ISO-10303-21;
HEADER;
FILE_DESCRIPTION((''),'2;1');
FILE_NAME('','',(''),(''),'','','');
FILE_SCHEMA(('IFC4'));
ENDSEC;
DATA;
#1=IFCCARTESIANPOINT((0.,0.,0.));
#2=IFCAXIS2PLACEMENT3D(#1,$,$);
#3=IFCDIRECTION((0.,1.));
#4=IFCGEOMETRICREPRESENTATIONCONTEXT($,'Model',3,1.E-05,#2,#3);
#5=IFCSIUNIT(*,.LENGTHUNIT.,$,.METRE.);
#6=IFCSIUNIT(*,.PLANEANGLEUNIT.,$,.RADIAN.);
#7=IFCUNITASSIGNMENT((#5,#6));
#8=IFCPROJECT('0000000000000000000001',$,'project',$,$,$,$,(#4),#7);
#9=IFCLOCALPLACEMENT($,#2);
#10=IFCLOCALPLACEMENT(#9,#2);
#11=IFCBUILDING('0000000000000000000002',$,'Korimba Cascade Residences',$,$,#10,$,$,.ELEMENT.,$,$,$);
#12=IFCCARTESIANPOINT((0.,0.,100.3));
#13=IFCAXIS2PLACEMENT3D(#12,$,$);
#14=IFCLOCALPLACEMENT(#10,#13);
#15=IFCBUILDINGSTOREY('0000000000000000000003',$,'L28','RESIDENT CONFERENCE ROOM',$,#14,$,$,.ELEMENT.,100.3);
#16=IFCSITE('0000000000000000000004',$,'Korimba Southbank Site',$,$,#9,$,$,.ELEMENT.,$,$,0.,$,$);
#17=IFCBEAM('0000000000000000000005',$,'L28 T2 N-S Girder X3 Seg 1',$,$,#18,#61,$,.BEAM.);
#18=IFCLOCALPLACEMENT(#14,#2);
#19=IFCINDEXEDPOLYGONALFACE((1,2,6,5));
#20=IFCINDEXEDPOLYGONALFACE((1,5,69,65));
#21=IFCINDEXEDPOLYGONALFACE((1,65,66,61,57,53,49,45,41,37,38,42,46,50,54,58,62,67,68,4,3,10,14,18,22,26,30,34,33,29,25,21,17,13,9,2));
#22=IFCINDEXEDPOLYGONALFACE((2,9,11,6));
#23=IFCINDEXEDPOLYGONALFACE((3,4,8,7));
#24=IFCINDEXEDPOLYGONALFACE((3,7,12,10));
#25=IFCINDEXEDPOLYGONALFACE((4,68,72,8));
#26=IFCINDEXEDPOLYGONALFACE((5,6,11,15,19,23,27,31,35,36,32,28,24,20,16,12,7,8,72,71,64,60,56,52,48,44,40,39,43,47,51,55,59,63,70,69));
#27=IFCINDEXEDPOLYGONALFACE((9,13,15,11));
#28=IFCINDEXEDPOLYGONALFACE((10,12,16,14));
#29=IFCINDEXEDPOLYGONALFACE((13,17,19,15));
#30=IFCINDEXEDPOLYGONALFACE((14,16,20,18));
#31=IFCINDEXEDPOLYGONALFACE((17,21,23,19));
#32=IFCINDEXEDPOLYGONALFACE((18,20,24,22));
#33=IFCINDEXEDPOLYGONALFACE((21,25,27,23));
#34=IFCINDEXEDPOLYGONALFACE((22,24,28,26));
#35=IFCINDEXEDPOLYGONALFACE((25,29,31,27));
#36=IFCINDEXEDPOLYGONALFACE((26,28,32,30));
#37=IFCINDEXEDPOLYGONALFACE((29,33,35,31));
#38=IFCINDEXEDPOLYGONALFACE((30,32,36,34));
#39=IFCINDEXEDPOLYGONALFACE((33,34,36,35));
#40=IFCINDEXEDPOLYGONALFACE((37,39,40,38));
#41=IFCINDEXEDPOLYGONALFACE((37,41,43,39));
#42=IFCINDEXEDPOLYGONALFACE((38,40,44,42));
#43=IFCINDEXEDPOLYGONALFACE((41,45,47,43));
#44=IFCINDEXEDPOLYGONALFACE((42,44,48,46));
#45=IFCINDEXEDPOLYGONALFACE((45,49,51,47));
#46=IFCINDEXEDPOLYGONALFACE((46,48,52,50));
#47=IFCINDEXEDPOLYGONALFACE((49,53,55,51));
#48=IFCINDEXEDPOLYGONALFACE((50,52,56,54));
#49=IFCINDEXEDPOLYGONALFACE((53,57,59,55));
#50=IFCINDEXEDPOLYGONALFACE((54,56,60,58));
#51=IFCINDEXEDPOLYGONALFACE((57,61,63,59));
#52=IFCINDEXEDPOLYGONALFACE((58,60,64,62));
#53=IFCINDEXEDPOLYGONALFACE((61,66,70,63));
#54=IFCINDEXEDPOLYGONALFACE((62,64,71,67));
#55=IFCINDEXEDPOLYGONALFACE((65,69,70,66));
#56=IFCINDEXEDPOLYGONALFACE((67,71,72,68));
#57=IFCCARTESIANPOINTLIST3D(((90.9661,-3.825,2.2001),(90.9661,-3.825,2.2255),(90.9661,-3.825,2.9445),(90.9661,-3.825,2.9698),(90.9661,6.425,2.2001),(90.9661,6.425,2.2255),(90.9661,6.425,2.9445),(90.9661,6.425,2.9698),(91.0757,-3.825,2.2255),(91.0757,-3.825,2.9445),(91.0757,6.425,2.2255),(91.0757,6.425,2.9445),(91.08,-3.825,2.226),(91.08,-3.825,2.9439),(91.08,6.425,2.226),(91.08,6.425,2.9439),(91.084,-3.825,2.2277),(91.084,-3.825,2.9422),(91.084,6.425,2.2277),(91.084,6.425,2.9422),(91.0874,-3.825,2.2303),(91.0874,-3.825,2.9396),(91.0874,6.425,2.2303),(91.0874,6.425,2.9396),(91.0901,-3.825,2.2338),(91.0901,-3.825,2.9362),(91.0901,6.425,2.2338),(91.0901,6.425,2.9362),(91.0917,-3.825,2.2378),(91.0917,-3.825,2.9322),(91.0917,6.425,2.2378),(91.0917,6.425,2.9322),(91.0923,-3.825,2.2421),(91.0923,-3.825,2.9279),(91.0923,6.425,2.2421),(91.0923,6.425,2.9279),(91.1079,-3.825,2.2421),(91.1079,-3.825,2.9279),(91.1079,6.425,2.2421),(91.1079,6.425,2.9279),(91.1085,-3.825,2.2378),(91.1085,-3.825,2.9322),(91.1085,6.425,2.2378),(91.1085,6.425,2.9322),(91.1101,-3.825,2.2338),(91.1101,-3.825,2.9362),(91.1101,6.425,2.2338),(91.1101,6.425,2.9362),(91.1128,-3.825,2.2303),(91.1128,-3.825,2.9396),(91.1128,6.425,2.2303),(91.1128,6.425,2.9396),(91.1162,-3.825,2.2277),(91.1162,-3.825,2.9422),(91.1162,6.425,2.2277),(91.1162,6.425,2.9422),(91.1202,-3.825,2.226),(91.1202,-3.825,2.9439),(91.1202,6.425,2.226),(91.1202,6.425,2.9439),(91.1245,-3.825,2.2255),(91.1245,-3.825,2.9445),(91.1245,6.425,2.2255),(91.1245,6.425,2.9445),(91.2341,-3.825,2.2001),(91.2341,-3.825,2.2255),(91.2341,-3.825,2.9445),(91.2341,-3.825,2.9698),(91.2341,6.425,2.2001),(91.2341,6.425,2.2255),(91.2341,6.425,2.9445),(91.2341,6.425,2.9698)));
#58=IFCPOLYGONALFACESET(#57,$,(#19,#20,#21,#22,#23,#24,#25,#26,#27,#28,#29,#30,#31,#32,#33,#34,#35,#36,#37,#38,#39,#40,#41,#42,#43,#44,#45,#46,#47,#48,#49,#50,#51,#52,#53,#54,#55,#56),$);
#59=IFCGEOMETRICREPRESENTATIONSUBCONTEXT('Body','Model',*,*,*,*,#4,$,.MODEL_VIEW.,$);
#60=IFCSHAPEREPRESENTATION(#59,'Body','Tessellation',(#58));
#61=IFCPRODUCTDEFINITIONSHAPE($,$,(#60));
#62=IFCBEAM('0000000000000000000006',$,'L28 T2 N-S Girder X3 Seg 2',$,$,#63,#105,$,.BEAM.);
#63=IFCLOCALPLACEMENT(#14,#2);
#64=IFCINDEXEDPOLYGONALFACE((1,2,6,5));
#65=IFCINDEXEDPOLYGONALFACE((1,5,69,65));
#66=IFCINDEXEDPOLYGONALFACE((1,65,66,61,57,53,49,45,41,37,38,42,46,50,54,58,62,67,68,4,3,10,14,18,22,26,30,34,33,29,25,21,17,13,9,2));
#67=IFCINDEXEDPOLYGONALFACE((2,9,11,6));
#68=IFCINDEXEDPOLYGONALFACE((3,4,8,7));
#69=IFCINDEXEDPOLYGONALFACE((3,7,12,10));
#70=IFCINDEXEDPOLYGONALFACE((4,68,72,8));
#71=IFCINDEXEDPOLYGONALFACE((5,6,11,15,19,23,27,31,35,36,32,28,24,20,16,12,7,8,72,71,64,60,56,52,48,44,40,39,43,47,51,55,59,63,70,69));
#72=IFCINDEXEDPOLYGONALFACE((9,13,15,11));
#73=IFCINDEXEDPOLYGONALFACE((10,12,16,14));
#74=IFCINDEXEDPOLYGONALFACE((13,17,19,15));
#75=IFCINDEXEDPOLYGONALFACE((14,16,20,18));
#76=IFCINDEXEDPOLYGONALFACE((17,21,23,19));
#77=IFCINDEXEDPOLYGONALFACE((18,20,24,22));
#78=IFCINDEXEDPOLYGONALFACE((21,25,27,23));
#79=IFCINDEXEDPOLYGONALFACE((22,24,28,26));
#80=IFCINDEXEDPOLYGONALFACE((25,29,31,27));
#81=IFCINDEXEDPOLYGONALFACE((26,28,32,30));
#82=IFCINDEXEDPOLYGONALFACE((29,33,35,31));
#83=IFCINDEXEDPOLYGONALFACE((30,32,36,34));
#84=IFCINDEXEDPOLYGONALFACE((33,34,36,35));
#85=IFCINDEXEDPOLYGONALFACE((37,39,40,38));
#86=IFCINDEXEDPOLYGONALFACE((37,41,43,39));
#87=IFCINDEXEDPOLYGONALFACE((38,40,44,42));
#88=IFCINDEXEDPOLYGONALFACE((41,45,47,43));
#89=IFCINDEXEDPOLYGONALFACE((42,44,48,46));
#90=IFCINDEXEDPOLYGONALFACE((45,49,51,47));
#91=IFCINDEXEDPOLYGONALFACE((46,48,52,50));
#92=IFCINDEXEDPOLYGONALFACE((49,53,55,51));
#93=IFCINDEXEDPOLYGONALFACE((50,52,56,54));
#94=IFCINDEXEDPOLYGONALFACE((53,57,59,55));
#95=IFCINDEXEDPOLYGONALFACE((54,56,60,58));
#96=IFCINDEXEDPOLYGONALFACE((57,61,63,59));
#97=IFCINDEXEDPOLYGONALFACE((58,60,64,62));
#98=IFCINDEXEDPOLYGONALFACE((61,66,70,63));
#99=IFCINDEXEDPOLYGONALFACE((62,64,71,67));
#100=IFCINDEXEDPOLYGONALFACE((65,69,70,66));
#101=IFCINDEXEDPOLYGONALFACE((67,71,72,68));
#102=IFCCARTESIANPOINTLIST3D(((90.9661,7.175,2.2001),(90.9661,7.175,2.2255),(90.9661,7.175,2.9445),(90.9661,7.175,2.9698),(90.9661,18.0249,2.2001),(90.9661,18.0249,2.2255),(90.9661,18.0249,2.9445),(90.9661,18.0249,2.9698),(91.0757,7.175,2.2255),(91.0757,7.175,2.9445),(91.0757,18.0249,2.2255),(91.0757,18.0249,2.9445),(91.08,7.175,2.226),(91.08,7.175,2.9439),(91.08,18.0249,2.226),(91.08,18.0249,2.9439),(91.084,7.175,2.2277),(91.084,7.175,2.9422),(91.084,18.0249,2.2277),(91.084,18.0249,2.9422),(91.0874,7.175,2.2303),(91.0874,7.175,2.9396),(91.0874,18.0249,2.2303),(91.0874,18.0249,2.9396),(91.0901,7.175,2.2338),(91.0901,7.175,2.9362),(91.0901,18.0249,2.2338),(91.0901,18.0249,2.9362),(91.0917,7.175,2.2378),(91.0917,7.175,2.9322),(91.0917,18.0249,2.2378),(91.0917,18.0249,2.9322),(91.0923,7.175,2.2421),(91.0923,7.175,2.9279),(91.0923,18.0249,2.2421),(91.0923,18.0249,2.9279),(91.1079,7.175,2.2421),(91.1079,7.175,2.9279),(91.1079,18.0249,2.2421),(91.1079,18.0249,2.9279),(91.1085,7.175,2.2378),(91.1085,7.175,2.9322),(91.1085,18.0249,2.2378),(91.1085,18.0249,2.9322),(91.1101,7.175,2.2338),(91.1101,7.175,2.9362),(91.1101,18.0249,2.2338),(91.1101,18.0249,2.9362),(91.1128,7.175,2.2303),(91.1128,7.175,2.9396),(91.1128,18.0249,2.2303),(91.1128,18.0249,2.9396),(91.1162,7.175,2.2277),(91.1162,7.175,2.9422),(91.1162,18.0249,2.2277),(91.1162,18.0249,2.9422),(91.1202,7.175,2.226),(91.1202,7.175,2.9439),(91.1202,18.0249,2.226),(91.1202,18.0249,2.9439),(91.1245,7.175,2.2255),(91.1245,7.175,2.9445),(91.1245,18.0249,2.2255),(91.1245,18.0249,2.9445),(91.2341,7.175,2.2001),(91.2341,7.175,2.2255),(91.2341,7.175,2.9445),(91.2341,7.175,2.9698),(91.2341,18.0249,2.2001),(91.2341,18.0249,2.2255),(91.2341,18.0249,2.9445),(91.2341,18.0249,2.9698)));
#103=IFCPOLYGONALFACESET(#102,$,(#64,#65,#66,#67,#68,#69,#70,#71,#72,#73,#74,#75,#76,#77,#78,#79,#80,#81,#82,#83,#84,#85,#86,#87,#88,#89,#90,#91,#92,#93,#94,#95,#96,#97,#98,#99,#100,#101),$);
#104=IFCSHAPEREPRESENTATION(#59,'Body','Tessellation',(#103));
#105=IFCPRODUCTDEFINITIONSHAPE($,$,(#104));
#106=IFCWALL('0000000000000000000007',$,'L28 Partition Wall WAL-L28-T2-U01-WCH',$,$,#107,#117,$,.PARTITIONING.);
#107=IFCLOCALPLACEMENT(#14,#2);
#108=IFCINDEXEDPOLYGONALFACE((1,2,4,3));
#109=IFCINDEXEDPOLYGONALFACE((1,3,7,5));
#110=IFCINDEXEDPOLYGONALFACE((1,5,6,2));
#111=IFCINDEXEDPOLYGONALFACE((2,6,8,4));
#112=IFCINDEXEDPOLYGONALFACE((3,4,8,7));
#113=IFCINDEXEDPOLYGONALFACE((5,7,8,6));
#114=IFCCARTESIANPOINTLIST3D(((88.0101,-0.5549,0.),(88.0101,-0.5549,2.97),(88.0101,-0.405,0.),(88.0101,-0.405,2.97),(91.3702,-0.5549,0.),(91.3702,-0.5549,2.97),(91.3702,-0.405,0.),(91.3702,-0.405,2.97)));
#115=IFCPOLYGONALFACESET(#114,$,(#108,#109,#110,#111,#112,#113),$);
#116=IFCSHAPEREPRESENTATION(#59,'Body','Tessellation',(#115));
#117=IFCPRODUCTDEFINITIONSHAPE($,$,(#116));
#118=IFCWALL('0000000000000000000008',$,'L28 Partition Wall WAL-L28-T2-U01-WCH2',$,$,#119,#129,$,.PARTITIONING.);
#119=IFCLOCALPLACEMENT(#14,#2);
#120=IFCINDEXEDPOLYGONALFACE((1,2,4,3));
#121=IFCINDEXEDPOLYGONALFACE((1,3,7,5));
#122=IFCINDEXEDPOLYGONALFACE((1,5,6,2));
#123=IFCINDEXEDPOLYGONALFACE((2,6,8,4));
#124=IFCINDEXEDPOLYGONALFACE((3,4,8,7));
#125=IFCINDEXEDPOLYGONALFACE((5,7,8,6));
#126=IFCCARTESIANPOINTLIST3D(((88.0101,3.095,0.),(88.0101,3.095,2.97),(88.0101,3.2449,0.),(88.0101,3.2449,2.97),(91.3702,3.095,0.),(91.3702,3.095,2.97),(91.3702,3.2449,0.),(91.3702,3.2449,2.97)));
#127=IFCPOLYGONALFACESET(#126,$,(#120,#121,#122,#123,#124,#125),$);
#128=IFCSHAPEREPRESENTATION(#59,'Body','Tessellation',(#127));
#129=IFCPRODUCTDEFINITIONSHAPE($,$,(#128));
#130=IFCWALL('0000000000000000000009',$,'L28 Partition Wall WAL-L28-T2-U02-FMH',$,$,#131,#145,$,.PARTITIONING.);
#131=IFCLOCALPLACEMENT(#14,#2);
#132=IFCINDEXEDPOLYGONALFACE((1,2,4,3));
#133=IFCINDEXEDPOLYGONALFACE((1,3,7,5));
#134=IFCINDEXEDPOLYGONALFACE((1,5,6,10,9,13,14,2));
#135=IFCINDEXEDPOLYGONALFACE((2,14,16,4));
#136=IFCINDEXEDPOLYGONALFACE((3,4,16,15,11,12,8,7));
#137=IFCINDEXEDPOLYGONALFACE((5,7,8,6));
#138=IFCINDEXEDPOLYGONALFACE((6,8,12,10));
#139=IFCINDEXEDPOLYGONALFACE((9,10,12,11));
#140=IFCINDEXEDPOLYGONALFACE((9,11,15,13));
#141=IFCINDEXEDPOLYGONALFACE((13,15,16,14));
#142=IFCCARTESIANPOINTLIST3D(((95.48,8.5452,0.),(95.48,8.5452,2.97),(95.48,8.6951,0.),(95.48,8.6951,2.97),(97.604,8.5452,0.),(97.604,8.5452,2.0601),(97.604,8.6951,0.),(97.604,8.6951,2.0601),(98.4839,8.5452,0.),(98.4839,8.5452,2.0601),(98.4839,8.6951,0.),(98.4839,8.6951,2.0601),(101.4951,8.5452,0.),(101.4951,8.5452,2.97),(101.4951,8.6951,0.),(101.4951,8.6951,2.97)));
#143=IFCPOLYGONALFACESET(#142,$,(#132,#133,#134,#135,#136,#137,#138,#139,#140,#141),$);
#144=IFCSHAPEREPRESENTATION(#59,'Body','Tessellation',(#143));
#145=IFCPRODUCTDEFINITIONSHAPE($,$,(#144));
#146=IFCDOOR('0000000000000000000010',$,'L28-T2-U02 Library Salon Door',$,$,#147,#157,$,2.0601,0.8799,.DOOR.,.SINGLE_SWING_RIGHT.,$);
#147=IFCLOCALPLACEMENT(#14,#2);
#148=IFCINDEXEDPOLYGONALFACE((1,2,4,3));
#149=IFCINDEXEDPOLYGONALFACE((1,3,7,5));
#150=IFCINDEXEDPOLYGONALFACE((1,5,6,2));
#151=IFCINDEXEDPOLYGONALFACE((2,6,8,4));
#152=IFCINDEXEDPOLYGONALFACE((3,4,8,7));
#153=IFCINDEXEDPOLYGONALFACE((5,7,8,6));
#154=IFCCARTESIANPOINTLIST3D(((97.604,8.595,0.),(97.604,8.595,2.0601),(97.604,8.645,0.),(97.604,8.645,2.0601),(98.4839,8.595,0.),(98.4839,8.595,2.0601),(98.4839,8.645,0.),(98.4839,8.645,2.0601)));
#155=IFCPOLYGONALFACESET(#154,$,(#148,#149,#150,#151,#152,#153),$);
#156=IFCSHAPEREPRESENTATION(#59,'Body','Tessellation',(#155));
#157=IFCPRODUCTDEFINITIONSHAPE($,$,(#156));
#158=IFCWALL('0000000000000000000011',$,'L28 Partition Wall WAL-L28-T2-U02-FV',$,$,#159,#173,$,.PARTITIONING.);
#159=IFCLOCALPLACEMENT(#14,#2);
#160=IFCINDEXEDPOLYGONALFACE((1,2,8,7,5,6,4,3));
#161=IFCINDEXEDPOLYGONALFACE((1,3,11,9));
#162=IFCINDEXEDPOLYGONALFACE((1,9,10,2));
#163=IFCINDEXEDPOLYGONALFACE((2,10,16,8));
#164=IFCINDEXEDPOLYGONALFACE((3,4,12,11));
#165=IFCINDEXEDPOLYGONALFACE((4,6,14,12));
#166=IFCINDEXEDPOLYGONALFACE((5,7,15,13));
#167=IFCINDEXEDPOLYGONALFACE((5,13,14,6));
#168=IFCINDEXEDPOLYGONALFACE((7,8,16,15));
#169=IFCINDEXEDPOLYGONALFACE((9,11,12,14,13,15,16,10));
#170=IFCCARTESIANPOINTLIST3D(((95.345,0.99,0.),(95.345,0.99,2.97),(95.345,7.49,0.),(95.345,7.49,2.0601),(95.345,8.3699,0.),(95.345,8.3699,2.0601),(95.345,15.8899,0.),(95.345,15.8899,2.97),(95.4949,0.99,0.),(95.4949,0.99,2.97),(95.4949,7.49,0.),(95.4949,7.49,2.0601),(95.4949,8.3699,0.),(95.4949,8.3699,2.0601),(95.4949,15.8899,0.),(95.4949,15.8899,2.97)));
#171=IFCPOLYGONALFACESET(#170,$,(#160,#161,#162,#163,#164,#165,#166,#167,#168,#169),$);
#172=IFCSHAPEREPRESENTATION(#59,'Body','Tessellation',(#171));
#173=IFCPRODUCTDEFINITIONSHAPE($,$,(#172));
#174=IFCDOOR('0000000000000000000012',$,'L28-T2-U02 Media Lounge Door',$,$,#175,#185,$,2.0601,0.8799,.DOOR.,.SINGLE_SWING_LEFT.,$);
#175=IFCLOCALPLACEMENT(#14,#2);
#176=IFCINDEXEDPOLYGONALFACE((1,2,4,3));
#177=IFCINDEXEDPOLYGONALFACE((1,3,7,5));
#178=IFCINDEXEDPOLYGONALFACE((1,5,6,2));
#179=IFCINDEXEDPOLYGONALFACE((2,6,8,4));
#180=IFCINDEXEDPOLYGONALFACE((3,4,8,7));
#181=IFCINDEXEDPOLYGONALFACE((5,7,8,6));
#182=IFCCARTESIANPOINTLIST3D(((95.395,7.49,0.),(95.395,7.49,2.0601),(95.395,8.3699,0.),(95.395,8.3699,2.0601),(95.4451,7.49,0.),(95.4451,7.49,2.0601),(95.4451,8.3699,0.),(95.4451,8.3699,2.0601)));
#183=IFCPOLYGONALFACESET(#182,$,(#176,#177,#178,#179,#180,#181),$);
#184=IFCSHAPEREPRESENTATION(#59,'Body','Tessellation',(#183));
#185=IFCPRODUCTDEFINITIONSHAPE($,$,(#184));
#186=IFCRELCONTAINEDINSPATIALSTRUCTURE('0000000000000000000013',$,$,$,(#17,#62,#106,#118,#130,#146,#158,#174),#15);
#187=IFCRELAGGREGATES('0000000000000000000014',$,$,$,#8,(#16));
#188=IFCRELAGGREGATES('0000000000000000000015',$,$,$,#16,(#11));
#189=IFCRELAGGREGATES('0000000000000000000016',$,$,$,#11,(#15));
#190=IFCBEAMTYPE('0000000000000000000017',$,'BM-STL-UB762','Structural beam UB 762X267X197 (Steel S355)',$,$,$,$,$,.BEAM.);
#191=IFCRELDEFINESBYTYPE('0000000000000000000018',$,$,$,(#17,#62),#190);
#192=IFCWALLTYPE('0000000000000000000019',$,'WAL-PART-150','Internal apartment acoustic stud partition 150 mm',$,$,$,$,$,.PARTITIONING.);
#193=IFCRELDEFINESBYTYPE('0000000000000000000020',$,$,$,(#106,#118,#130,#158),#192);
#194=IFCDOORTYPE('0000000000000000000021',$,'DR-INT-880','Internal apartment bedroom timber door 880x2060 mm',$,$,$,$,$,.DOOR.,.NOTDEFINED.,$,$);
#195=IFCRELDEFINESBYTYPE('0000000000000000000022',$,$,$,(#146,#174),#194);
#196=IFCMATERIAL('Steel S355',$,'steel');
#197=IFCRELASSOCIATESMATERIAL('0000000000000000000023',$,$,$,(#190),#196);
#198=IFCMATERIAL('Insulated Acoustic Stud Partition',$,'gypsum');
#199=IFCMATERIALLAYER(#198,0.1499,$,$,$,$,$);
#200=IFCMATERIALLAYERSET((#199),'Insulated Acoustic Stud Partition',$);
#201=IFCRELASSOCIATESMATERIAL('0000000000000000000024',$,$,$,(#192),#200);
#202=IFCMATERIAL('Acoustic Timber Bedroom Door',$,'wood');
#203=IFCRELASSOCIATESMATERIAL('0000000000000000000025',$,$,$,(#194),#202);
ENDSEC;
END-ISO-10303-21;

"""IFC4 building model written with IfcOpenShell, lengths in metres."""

from ifc_helpers import new_model, si_unit, direction, frame, frame_2d, origin, origin_2d, place, context, subcontext, project, spatial, rectangle, i_section, extrude, material, layer, layer_set, material_profile, profile_set, type_object, element, fill, save


model = new_model("IFC4")

# Units and contexts
model_context = context("Model", 3, precision=1e-05, world=origin(), true_north=direction((0.0, 1.0)))
body_context = subcontext(model_context, "Body", "Model", "MODEL_VIEW")
ifc_project = project(units=[si_unit("LENGTHUNIT", "METRE"), si_unit("PLANEANGLEUNIT", "RADIAN")], contexts=[model_context])

# Site, building, storey
site_placement = place(None, origin())
site = spatial("IfcSite", under=ifc_project, at=site_placement, Name="Korimba Southbank Site", CompositionType="ELEMENT", RefElevation=0.0)
building_placement = place(site_placement, origin())
building = spatial("IfcBuilding", under=site, at=building_placement, Name="Korimba Cascade Residences", CompositionType="ELEMENT")
storey_placement = place(building_placement, frame((0.0, 0.0, 100.3)))
storey = spatial("IfcBuildingStorey", under=building, at=storey_placement, Name="L28", Description="RESIDENT CONFERENCE ROOM", CompositionType="ELEMENT", Elevation=100.3)

# Beams
ifc_material_1 = material(Name="Steel S355", Category="steel")
ifc_material_profile_1 = material_profile(ifc_material_1, i_section(OverallWidth=0.2681, OverallDepth=0.7698, WebThickness=0.0156, FlangeThickness=0.0254, FilletRadius=0.0166, at=origin_2d()), Name="Steel S355")
ifc_profile_set_1 = profile_set([ifc_material_profile_1], Name="Steel S355")
beam_type_1 = type_object("IfcBeamType", Name="BM-STL-UB762", Description="Structural beam UB 762X267X197 (Steel S355)", PredefinedType="BEAM", material=ifc_profile_set_1)
beam_1_placement = place(storey_placement, frame((91.1001, -3.825, 2.585), z_axis=(0.0, 1.0, 0.0), x_axis=(-1.0, 0.0, 0.0)))
element("IfcBeam", 1, at=beam_1_placement, inside=storey, type_object=beam_type_1, Name="L28 T2 N-S Girder X3 Seg 1", PredefinedType="BEAM", context=body_context, shape_type="SweptSolid", body=[
    extrude(i_section(OverallWidth=0.2681, OverallDepth=0.7698, WebThickness=0.0156, FlangeThickness=0.0254, FilletRadius=0.0166, at=origin_2d()), origin(), (0.0, 0.0, 1.0), 10.25),
])
beam_2_placement = place(storey_placement, frame((91.1001, 7.175, 2.585), z_axis=(0.0, 1.0, 0.0), x_axis=(-1.0, 0.0, 0.0)))
element("IfcBeam", 2, at=beam_2_placement, inside=storey, type_object=beam_type_1, Name="L28 T2 N-S Girder X3 Seg 2", PredefinedType="BEAM", context=body_context, shape_type="SweptSolid", body=[
    extrude(i_section(OverallWidth=0.2681, OverallDepth=0.7698, WebThickness=0.0156, FlangeThickness=0.0254, FilletRadius=0.0166, at=origin_2d()), origin(), (0.0, 0.0, 1.0), 10.8499),
])

# Walls
ifc_material_2 = material(Name="Insulated Acoustic Stud Partition", Category="gypsum")
ifc_layer = layer(ifc_material_2, 0.1499)
ifc_layer_set = layer_set([ifc_layer], Name="Insulated Acoustic Stud Partition")
wall_type = type_object("IfcWallType", Name="WAL-PART-150", Description="Internal apartment acoustic stud partition 150 mm", PredefinedType="PARTITIONING", material=ifc_layer_set)
for number, where, z_axis, x_axis, name in (
    (3, (88.01, -0.48, 0.0), (0.0, 0.0, 1.0), (1.0, 0.0, 0.0), "L28 Partition Wall WAL-L28-T2-U01-WCH"),
    (4, (88.01, 3.1699, 0.0), (0.0, 0.0, 1.0), (1.0, 0.0, 0.0), "L28 Partition Wall WAL-L28-T2-U01-WCH2"),
):
    element("IfcWall", number, at=place(storey_placement, frame(where, z_axis=z_axis, x_axis=x_axis)), inside=storey, type_object=wall_type, Name=name, PredefinedType="PARTITIONING", context=body_context, shape_type="SweptSolid", body=[
        extrude(rectangle(XDim=3.3601, YDim=0.1499, at=frame_2d((1.6802, 0.0))), origin(), (0.0, 0.0, 1.0), 2.97),
    ])

# Walls, openings, doors
wall_1_placement = place(storey_placement, frame((95.48, 8.6201, 0.0), z_axis=(0.0, 0.0, 1.0), x_axis=(1.0, 0.0, 0.0)))
wall_1 = element("IfcWall", 5, at=wall_1_placement, inside=storey, type_object=wall_type, Name="L28 Partition Wall WAL-L28-T2-U02-FMH", PredefinedType="PARTITIONING", context=body_context, shape_type="SweptSolid", body=[
    extrude(rectangle(XDim=6.0151, YDim=0.1499, at=frame_2d((3.0076, 0.0))), origin(), (0.0, 0.0, 1.0), 2.97),
])
opening_1_placement = place(wall_1_placement, frame((2.124, 0.0, 0.0)))
opening_1 = element("IfcOpeningElement", 6, at=opening_1_placement, cuts=wall_1, PredefinedType="OPENING", context=body_context, shape_type="SweptSolid", body=[
    extrude(rectangle(XDim=0.8799, YDim=2.0601, at=frame_2d((0.4399, 1.03))), frame((0.0, 0.085, 0.0), z_axis=(0.0, -1.0, 0.0), x_axis=(1.0, 0.0, 0.0)), (0.0, 0.0, 1.0), 0.1699),
])
ifc_material_3 = material(Name="Acoustic Timber Bedroom Door", Category="wood")
door_type_1 = type_object("IfcDoorType", Name="DR-INT-880", Description="Internal apartment bedroom timber door 880x2060 mm", OperationType="NOTDEFINED", PredefinedType="DOOR", material=ifc_material_3)
door_1_placement = place(opening_1_placement, origin())
door_1 = element("IfcDoor", 7, at=door_1_placement, inside=storey, type_object=door_type_1, Name="L28-T2-U02 Library Salon Door", OperationType="SINGLE_SWING_RIGHT", OverallHeight=2.0601, OverallWidth=0.8799, PredefinedType="DOOR", context=body_context, shape_type="SweptSolid", body=[
    extrude(rectangle(XDim=0.8799, YDim=2.0601, at=frame_2d((0.4399, 1.03))), frame((0.0, 0.0249, 0.0), z_axis=(0.0, -1.0, 0.0), x_axis=(1.0, 0.0, 0.0)), (0.0, 0.0, 1.0), 0.05),
])
fill(opening_1, door_1)
wall_2_placement = place(storey_placement, frame((95.4199, 0.99, 0.0), z_axis=(0.0, 0.0, 1.0), x_axis=(0.0, 1.0, 0.0)))
wall_2 = element("IfcWall", 8, at=wall_2_placement, inside=storey, type_object=wall_type, Name="L28 Partition Wall WAL-L28-T2-U02-FV", PredefinedType="PARTITIONING", context=body_context, shape_type="SweptSolid", body=[
    extrude(rectangle(XDim=14.8999, YDim=0.1499, at=frame_2d((7.45, 0.0))), origin(), (0.0, 0.0, 1.0), 2.97),
])
opening_2_placement = place(wall_2_placement, frame((6.5, 0.0, 0.0)))
opening_2 = element("IfcOpeningElement", 9, at=opening_2_placement, cuts=wall_2, PredefinedType="OPENING", context=body_context, shape_type="SweptSolid", body=[
    extrude(rectangle(XDim=0.8799, YDim=2.0601, at=frame_2d((0.4399, 1.03))), frame((0.0, 0.085, 0.0), z_axis=(0.0, -1.0, 0.0), x_axis=(1.0, 0.0, 0.0)), (0.0, 0.0, 1.0), 0.1699),
])
door_2_placement = place(opening_2_placement, origin())
door_2 = element("IfcDoor", 10, at=door_2_placement, inside=storey, type_object=door_type_1, Name="L28-T2-U02 Media Lounge Door", OperationType="SINGLE_SWING_LEFT", OverallHeight=2.0601, OverallWidth=0.8799, PredefinedType="DOOR", context=body_context, shape_type="SweptSolid", body=[
    extrude(rectangle(XDim=0.8799, YDim=2.0601, at=frame_2d((0.4399, 1.03))), frame((0.0, 0.0249, 0.0), z_axis=(0.0, -1.0, 0.0), x_axis=(1.0, 0.0, 0.0)), (0.0, 0.0, 1.0), 0.05),
])
fill(opening_2, door_2)

save(model, "model.ifc")
